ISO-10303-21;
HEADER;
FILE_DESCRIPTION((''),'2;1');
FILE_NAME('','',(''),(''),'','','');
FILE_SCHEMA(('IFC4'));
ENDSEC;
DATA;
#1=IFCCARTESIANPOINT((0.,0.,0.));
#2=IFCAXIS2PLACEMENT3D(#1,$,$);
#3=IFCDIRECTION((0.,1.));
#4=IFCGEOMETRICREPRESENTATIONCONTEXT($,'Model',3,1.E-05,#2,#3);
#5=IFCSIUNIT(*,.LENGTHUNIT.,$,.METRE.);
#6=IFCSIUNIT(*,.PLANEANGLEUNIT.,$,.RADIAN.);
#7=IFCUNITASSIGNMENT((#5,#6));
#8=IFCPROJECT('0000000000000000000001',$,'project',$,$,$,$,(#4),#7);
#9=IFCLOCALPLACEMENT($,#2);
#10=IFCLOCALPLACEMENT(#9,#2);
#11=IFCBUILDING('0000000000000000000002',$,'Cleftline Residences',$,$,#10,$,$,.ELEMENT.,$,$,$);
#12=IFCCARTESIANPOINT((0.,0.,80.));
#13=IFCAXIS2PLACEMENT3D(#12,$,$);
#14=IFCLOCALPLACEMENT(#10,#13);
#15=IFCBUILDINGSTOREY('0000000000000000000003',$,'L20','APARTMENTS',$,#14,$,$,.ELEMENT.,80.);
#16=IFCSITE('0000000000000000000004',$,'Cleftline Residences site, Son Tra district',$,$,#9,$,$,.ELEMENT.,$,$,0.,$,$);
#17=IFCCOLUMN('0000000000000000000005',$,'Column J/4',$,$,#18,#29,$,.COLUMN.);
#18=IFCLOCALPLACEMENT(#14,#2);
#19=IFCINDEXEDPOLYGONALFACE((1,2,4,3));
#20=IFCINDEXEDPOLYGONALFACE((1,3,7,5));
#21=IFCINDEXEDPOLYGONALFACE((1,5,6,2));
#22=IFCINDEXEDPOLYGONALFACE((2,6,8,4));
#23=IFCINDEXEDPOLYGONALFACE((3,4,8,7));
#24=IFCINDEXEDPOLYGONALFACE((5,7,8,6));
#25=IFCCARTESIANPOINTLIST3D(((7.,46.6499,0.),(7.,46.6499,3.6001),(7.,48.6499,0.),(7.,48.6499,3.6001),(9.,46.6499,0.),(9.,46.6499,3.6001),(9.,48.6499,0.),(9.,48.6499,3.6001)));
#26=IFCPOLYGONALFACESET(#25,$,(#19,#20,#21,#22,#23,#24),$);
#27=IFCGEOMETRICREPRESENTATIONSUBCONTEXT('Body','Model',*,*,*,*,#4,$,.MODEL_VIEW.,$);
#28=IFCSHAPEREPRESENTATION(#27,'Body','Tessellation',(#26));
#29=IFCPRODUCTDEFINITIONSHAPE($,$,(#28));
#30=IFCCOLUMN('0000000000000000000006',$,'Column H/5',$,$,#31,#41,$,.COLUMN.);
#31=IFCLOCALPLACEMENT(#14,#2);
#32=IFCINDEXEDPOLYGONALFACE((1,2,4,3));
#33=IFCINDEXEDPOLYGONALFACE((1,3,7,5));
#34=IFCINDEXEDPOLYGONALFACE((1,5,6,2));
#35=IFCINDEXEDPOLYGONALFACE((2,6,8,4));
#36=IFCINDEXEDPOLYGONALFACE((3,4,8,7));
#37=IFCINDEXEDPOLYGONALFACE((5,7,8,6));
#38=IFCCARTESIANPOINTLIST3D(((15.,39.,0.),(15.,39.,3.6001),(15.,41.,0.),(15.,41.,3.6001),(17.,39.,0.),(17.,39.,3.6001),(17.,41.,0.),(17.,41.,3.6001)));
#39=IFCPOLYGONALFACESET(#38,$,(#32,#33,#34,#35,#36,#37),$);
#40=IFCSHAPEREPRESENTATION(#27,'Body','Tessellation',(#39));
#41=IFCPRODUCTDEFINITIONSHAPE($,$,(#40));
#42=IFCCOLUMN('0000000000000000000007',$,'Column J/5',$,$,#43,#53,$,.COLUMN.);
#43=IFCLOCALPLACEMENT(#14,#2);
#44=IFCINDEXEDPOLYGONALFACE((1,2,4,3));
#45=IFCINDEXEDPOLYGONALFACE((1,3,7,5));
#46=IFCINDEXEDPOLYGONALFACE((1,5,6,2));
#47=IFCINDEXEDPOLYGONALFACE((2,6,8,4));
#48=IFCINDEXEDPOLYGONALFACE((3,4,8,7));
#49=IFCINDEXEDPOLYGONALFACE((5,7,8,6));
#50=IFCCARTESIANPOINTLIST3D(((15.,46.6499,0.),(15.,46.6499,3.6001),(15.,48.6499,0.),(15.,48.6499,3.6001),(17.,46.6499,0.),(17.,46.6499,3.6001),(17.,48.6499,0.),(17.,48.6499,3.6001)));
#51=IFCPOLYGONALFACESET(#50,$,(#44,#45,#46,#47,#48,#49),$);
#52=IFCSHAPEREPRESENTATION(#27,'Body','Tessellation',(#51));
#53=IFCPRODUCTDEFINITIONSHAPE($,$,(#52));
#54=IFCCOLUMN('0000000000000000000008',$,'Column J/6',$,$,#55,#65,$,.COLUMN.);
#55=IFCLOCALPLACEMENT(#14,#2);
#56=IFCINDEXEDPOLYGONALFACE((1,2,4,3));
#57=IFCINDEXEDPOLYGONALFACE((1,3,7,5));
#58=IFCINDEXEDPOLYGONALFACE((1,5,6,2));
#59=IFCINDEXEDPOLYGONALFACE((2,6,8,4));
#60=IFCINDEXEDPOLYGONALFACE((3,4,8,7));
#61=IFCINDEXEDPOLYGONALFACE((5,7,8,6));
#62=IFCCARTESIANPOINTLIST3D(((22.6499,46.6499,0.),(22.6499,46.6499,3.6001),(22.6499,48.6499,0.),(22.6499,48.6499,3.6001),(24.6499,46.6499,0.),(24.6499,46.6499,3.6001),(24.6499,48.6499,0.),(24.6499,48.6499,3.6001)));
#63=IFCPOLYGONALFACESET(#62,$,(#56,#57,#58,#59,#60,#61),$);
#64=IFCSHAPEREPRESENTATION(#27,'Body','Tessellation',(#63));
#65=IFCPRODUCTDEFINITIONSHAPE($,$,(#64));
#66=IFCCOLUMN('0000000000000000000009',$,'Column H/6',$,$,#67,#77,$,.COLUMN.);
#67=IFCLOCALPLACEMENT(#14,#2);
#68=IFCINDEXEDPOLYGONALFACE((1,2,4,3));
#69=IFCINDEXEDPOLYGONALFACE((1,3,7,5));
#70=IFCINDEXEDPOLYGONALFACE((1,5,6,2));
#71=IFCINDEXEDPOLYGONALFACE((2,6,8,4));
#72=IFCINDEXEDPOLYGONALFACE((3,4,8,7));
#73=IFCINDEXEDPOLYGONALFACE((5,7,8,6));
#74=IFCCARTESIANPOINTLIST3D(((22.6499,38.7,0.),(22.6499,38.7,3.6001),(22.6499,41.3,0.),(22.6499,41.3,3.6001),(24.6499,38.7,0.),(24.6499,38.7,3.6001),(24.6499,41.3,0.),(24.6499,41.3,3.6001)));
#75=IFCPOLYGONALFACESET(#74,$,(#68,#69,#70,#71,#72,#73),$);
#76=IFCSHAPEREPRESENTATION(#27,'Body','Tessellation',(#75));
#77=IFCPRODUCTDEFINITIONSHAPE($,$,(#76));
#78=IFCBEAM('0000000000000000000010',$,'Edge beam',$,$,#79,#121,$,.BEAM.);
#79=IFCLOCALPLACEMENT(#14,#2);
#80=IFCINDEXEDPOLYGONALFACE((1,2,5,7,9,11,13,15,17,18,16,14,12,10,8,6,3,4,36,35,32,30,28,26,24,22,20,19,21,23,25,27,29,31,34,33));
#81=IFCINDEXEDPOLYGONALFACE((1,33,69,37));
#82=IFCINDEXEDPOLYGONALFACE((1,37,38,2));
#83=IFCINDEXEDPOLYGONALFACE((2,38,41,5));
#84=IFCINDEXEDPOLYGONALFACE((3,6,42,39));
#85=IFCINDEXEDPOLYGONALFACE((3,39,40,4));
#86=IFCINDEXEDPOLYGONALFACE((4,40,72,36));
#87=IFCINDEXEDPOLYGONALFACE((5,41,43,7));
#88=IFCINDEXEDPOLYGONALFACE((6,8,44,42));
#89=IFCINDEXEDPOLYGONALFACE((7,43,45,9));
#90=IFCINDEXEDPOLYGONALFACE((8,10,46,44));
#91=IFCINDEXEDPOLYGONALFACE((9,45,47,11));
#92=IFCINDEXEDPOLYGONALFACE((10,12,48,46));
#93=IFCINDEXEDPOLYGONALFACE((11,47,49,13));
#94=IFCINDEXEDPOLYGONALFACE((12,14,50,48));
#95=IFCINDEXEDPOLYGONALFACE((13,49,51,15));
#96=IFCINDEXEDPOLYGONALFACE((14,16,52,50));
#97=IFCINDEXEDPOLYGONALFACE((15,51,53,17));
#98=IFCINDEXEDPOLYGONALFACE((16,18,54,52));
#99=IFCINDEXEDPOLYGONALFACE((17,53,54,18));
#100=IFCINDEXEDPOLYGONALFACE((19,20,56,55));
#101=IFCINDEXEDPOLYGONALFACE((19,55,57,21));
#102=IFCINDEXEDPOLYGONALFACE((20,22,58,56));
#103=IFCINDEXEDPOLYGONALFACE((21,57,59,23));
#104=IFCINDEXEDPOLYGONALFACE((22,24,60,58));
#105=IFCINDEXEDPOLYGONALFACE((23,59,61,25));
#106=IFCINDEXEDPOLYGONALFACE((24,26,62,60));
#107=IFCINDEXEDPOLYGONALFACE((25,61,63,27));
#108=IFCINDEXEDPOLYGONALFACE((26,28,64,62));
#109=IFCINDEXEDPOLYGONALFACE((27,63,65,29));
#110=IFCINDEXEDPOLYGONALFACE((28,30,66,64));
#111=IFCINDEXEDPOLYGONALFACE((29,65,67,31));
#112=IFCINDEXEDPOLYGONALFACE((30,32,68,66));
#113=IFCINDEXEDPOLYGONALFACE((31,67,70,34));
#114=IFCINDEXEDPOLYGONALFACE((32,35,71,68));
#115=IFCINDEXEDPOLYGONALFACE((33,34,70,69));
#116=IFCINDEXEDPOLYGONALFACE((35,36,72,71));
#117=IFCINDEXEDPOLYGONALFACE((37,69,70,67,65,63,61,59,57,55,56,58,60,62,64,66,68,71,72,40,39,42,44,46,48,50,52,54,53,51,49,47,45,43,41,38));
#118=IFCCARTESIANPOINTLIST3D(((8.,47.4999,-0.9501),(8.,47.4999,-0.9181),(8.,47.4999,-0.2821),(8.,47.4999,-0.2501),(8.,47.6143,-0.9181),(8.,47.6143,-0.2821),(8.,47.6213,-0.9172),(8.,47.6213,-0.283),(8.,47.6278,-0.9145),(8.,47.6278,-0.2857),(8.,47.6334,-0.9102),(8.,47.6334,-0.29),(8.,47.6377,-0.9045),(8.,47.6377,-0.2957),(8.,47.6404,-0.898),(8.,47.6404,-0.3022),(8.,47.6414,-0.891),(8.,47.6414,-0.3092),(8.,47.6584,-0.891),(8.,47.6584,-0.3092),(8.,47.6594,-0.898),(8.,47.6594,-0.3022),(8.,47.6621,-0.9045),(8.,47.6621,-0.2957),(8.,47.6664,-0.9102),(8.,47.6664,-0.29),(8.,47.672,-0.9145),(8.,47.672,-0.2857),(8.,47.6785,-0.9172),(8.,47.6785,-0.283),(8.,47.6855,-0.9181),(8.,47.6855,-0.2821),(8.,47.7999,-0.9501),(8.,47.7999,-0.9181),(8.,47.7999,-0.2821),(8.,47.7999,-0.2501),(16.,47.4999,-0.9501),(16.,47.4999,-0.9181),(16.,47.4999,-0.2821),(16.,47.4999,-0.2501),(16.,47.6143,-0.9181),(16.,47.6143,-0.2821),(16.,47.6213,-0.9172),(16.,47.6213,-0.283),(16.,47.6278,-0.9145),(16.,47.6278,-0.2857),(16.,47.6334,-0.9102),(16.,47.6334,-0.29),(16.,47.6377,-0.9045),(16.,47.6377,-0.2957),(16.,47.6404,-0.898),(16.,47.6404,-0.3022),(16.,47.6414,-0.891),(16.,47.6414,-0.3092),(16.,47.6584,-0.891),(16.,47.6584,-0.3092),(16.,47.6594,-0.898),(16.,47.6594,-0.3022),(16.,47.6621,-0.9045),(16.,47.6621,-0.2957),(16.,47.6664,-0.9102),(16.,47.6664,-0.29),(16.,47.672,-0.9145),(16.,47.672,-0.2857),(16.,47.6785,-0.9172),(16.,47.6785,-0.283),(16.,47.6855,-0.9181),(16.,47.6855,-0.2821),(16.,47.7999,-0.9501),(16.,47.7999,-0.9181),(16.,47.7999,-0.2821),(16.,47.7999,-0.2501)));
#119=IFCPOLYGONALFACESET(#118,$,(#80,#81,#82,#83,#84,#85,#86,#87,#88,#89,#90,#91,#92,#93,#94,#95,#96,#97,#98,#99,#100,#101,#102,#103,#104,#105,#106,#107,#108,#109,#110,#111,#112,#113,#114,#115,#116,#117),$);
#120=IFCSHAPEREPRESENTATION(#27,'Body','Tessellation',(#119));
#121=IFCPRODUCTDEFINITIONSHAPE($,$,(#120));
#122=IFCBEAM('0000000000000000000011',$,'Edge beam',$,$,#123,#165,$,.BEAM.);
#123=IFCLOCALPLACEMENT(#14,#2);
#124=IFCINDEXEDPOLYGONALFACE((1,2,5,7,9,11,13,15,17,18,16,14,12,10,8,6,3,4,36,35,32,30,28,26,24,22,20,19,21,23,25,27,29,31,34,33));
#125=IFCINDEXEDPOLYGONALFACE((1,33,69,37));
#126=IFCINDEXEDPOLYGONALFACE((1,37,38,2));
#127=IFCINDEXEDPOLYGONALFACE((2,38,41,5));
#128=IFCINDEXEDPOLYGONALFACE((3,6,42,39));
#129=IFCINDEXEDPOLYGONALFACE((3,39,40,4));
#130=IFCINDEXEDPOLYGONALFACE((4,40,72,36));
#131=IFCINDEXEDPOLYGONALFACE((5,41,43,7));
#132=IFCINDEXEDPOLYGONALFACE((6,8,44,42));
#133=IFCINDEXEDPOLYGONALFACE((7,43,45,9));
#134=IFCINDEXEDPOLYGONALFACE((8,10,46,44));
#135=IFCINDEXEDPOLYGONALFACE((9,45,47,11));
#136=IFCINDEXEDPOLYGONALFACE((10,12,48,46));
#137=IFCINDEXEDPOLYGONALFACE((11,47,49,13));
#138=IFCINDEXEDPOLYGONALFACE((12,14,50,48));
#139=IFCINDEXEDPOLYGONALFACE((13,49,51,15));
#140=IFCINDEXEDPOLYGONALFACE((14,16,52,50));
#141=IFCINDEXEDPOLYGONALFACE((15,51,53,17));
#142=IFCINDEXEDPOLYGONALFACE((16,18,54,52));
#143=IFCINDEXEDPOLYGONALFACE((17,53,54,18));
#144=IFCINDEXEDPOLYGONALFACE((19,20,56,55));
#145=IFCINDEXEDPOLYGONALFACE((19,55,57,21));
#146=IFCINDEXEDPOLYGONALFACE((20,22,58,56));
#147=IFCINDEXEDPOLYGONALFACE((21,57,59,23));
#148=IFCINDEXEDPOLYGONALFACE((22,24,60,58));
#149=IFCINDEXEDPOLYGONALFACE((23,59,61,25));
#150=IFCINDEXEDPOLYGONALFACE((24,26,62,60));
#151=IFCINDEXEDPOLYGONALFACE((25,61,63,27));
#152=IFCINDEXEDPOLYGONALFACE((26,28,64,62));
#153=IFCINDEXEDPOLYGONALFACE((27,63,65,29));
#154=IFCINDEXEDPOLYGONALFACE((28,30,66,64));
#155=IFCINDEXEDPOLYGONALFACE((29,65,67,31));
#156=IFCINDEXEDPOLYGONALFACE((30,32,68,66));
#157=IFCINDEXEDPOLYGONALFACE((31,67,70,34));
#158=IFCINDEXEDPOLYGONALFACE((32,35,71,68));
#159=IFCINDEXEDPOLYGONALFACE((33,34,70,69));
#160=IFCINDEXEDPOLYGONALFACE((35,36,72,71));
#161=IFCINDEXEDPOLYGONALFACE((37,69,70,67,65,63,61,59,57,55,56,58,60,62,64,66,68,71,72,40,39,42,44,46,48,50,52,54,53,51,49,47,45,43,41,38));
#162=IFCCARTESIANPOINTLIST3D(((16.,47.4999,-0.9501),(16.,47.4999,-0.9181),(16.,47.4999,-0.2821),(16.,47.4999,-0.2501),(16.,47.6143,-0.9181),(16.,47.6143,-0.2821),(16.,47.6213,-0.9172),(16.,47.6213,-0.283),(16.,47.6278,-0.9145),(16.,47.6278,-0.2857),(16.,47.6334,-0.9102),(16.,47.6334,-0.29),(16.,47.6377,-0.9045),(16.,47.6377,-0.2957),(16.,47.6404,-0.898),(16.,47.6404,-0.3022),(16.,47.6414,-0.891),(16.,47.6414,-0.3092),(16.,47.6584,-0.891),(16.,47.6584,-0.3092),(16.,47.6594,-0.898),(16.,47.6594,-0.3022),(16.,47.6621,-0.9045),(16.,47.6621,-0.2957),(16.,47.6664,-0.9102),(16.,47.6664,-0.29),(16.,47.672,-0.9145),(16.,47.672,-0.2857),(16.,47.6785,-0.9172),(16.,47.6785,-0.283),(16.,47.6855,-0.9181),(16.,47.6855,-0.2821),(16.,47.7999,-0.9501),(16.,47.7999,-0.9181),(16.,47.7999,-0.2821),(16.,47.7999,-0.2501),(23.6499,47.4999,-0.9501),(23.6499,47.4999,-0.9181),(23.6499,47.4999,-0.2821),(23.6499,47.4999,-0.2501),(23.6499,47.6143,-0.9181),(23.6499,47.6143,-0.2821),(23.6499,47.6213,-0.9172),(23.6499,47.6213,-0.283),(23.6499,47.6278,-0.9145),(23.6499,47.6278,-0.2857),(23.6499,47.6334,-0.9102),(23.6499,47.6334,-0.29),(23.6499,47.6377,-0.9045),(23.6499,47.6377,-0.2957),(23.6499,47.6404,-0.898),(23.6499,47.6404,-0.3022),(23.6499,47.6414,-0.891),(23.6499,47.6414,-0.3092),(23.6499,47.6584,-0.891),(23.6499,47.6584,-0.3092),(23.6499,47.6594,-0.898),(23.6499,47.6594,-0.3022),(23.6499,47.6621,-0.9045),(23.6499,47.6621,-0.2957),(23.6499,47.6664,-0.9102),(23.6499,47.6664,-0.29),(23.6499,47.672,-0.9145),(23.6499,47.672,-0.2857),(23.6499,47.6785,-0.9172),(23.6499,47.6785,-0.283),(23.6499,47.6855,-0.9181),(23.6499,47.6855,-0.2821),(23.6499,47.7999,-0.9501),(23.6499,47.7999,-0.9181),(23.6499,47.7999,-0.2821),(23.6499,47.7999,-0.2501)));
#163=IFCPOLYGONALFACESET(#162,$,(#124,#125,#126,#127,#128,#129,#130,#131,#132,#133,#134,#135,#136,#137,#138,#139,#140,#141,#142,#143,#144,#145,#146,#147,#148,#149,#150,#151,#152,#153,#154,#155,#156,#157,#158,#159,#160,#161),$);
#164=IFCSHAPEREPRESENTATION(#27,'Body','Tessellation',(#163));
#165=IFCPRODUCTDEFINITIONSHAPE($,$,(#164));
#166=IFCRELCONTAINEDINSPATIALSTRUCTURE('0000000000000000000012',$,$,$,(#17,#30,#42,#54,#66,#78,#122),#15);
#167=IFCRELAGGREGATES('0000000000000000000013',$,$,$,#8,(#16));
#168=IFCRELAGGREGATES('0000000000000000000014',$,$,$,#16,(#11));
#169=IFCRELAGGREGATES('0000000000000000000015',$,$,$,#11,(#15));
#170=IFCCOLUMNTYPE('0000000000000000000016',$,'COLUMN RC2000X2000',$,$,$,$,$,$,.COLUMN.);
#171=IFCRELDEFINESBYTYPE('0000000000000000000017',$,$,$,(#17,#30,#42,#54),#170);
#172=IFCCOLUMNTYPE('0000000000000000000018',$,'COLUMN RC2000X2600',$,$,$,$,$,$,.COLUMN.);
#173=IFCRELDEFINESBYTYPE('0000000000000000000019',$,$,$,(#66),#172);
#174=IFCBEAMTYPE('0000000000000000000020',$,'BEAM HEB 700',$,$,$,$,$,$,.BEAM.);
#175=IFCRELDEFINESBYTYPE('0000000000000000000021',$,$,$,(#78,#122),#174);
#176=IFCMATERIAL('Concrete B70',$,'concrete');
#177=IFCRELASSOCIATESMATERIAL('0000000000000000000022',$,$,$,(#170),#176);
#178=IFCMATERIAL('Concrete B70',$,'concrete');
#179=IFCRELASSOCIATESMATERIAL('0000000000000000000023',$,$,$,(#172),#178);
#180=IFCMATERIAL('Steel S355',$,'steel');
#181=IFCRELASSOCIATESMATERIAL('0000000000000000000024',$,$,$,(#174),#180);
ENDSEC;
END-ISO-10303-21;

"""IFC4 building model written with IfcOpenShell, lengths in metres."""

from ifc_helpers import new_model, si_unit, direction, frame, origin, origin_2d, place, context, subcontext, project, spatial, rectangle, i_section, extrude, material, material_profile, profile_set, type_object, element, save


model = new_model("IFC4")

# Units and contexts
model_context = context("Model", 3, precision=1e-05, world=origin(), true_north=direction((0.0, 1.0)))
body_context = subcontext(model_context, "Body", "Model", "MODEL_VIEW")
ifc_project = project(units=[si_unit("LENGTHUNIT", "METRE"), si_unit("PLANEANGLEUNIT", "RADIAN")], contexts=[model_context])

# Site, building, storey
site_placement = place(None, origin())
site = spatial("IfcSite", under=ifc_project, at=site_placement, Name="Cleftline Residences site, Son Tra district", CompositionType="ELEMENT", RefElevation=0.0)
building_placement = place(site_placement, origin())
building = spatial("IfcBuilding", under=site, at=building_placement, Name="Cleftline Residences", CompositionType="ELEMENT")
storey_placement = place(building_placement, frame((0.0, 0.0, 80.0)))
storey = spatial("IfcBuildingStorey", under=building, at=storey_placement, Name="L20", Description="APARTMENTS", CompositionType="ELEMENT", Elevation=80.0)

# Columns
ifc_material_1 = material(Name="Concrete B70", Category="concrete")
ifc_material_profile_1 = material_profile(ifc_material_1, rectangle(XDim=2.0, YDim=2.0, at=origin_2d()))
ifc_profile_set_1 = profile_set([ifc_material_profile_1], Name="Concrete B70")
column_type_1 = type_object("IfcColumnType", Name="COLUMN RC2000X2000", PredefinedType="COLUMN", material=ifc_profile_set_1)
for number, where, z_axis, x_axis, name in (
    (1, (8.0, 47.6499, 0.0), (0.0, 0.0, 1.0), (1.0, 0.0, 0.0), "Column J/4"),
    (2, (16.0, 40.0, 0.0), (0.0, 0.0, 1.0), (1.0, 0.0, 0.0), "Column H/5"),
    (3, (16.0, 47.6499, 0.0), (0.0, 0.0, 1.0), (1.0, 0.0, 0.0), "Column J/5"),
    (4, (23.6499, 47.6499, 0.0), (0.0, 0.0, 1.0), (1.0, 0.0, 0.0), "Column J/6"),
):
    element("IfcColumn", number, at=place(storey_placement, frame(where, z_axis=z_axis, x_axis=x_axis)), inside=storey, type_object=column_type_1, Name=name, PredefinedType="COLUMN", context=body_context, shape_type="SweptSolid", body=[
        extrude(rectangle(XDim=2.0, YDim=2.0, at=origin_2d()), origin(), (0.0, 0.0, 1.0), 3.6001),
    ])
ifc_material_2 = material(Name="Concrete B70", Category="concrete")
ifc_material_profile_2 = material_profile(ifc_material_2, rectangle(XDim=2.0, YDim=2.6001, at=origin_2d()))
ifc_profile_set_2 = profile_set([ifc_material_profile_2], Name="Concrete B70")
column_type_2 = type_object("IfcColumnType", Name="COLUMN RC2000X2600", PredefinedType="COLUMN", material=ifc_profile_set_2)
column_placement = place(storey_placement, frame((23.6499, 40.0, 0.0), z_axis=(0.0, 0.0, 1.0), x_axis=(1.0, 0.0, 0.0)))
element("IfcColumn", 5, at=column_placement, inside=storey, type_object=column_type_2, Name="Column H/6", PredefinedType="COLUMN", context=body_context, shape_type="SweptSolid", body=[
    extrude(rectangle(XDim=2.0, YDim=2.6001, at=origin_2d()), origin(), (0.0, 0.0, 1.0), 3.6001),
])

# Beams
ifc_material_3 = material(Name="Steel S355", Category="steel")
ifc_material_profile_3 = material_profile(ifc_material_3, i_section(OverallWidth=0.3, OverallDepth=0.7, WebThickness=0.0171, FlangeThickness=0.032, FilletRadius=0.0271, at=origin_2d()))
ifc_profile_set_3 = profile_set([ifc_material_profile_3], Name="Steel S355")
beam_type = type_object("IfcBeamType", Name="BEAM HEB 700", PredefinedType="BEAM", material=ifc_profile_set_3)
beam_1_placement = place(storey_placement, frame((8.0, 47.6499, -0.6001), z_axis=(1.0, 0.0, 0.0), x_axis=(0.0, 1.0, 0.0)))
element("IfcBeam", 6, at=beam_1_placement, inside=storey, type_object=beam_type, Name="Edge beam", PredefinedType="BEAM", context=body_context, shape_type="SweptSolid", body=[
    extrude(i_section(OverallWidth=0.3, OverallDepth=0.7, WebThickness=0.0171, FlangeThickness=0.032, FilletRadius=0.0271, at=origin_2d()), origin(), (0.0, 0.0, 1.0), 8.0),
])
beam_2_placement = place(storey_placement, frame((16.0, 47.6499, -0.6001), z_axis=(1.0, 0.0, 0.0), x_axis=(0.0, 1.0, 0.0)))
element("IfcBeam", 7, at=beam_2_placement, inside=storey, type_object=beam_type, Name="Edge beam", PredefinedType="BEAM", context=body_context, shape_type="SweptSolid", body=[
    extrude(i_section(OverallWidth=0.3, OverallDepth=0.7, WebThickness=0.0171, FlangeThickness=0.032, FilletRadius=0.0271, at=origin_2d()), origin(), (0.0, 0.0, 1.0), 7.6499),
])

save(model, "model.ifc")
